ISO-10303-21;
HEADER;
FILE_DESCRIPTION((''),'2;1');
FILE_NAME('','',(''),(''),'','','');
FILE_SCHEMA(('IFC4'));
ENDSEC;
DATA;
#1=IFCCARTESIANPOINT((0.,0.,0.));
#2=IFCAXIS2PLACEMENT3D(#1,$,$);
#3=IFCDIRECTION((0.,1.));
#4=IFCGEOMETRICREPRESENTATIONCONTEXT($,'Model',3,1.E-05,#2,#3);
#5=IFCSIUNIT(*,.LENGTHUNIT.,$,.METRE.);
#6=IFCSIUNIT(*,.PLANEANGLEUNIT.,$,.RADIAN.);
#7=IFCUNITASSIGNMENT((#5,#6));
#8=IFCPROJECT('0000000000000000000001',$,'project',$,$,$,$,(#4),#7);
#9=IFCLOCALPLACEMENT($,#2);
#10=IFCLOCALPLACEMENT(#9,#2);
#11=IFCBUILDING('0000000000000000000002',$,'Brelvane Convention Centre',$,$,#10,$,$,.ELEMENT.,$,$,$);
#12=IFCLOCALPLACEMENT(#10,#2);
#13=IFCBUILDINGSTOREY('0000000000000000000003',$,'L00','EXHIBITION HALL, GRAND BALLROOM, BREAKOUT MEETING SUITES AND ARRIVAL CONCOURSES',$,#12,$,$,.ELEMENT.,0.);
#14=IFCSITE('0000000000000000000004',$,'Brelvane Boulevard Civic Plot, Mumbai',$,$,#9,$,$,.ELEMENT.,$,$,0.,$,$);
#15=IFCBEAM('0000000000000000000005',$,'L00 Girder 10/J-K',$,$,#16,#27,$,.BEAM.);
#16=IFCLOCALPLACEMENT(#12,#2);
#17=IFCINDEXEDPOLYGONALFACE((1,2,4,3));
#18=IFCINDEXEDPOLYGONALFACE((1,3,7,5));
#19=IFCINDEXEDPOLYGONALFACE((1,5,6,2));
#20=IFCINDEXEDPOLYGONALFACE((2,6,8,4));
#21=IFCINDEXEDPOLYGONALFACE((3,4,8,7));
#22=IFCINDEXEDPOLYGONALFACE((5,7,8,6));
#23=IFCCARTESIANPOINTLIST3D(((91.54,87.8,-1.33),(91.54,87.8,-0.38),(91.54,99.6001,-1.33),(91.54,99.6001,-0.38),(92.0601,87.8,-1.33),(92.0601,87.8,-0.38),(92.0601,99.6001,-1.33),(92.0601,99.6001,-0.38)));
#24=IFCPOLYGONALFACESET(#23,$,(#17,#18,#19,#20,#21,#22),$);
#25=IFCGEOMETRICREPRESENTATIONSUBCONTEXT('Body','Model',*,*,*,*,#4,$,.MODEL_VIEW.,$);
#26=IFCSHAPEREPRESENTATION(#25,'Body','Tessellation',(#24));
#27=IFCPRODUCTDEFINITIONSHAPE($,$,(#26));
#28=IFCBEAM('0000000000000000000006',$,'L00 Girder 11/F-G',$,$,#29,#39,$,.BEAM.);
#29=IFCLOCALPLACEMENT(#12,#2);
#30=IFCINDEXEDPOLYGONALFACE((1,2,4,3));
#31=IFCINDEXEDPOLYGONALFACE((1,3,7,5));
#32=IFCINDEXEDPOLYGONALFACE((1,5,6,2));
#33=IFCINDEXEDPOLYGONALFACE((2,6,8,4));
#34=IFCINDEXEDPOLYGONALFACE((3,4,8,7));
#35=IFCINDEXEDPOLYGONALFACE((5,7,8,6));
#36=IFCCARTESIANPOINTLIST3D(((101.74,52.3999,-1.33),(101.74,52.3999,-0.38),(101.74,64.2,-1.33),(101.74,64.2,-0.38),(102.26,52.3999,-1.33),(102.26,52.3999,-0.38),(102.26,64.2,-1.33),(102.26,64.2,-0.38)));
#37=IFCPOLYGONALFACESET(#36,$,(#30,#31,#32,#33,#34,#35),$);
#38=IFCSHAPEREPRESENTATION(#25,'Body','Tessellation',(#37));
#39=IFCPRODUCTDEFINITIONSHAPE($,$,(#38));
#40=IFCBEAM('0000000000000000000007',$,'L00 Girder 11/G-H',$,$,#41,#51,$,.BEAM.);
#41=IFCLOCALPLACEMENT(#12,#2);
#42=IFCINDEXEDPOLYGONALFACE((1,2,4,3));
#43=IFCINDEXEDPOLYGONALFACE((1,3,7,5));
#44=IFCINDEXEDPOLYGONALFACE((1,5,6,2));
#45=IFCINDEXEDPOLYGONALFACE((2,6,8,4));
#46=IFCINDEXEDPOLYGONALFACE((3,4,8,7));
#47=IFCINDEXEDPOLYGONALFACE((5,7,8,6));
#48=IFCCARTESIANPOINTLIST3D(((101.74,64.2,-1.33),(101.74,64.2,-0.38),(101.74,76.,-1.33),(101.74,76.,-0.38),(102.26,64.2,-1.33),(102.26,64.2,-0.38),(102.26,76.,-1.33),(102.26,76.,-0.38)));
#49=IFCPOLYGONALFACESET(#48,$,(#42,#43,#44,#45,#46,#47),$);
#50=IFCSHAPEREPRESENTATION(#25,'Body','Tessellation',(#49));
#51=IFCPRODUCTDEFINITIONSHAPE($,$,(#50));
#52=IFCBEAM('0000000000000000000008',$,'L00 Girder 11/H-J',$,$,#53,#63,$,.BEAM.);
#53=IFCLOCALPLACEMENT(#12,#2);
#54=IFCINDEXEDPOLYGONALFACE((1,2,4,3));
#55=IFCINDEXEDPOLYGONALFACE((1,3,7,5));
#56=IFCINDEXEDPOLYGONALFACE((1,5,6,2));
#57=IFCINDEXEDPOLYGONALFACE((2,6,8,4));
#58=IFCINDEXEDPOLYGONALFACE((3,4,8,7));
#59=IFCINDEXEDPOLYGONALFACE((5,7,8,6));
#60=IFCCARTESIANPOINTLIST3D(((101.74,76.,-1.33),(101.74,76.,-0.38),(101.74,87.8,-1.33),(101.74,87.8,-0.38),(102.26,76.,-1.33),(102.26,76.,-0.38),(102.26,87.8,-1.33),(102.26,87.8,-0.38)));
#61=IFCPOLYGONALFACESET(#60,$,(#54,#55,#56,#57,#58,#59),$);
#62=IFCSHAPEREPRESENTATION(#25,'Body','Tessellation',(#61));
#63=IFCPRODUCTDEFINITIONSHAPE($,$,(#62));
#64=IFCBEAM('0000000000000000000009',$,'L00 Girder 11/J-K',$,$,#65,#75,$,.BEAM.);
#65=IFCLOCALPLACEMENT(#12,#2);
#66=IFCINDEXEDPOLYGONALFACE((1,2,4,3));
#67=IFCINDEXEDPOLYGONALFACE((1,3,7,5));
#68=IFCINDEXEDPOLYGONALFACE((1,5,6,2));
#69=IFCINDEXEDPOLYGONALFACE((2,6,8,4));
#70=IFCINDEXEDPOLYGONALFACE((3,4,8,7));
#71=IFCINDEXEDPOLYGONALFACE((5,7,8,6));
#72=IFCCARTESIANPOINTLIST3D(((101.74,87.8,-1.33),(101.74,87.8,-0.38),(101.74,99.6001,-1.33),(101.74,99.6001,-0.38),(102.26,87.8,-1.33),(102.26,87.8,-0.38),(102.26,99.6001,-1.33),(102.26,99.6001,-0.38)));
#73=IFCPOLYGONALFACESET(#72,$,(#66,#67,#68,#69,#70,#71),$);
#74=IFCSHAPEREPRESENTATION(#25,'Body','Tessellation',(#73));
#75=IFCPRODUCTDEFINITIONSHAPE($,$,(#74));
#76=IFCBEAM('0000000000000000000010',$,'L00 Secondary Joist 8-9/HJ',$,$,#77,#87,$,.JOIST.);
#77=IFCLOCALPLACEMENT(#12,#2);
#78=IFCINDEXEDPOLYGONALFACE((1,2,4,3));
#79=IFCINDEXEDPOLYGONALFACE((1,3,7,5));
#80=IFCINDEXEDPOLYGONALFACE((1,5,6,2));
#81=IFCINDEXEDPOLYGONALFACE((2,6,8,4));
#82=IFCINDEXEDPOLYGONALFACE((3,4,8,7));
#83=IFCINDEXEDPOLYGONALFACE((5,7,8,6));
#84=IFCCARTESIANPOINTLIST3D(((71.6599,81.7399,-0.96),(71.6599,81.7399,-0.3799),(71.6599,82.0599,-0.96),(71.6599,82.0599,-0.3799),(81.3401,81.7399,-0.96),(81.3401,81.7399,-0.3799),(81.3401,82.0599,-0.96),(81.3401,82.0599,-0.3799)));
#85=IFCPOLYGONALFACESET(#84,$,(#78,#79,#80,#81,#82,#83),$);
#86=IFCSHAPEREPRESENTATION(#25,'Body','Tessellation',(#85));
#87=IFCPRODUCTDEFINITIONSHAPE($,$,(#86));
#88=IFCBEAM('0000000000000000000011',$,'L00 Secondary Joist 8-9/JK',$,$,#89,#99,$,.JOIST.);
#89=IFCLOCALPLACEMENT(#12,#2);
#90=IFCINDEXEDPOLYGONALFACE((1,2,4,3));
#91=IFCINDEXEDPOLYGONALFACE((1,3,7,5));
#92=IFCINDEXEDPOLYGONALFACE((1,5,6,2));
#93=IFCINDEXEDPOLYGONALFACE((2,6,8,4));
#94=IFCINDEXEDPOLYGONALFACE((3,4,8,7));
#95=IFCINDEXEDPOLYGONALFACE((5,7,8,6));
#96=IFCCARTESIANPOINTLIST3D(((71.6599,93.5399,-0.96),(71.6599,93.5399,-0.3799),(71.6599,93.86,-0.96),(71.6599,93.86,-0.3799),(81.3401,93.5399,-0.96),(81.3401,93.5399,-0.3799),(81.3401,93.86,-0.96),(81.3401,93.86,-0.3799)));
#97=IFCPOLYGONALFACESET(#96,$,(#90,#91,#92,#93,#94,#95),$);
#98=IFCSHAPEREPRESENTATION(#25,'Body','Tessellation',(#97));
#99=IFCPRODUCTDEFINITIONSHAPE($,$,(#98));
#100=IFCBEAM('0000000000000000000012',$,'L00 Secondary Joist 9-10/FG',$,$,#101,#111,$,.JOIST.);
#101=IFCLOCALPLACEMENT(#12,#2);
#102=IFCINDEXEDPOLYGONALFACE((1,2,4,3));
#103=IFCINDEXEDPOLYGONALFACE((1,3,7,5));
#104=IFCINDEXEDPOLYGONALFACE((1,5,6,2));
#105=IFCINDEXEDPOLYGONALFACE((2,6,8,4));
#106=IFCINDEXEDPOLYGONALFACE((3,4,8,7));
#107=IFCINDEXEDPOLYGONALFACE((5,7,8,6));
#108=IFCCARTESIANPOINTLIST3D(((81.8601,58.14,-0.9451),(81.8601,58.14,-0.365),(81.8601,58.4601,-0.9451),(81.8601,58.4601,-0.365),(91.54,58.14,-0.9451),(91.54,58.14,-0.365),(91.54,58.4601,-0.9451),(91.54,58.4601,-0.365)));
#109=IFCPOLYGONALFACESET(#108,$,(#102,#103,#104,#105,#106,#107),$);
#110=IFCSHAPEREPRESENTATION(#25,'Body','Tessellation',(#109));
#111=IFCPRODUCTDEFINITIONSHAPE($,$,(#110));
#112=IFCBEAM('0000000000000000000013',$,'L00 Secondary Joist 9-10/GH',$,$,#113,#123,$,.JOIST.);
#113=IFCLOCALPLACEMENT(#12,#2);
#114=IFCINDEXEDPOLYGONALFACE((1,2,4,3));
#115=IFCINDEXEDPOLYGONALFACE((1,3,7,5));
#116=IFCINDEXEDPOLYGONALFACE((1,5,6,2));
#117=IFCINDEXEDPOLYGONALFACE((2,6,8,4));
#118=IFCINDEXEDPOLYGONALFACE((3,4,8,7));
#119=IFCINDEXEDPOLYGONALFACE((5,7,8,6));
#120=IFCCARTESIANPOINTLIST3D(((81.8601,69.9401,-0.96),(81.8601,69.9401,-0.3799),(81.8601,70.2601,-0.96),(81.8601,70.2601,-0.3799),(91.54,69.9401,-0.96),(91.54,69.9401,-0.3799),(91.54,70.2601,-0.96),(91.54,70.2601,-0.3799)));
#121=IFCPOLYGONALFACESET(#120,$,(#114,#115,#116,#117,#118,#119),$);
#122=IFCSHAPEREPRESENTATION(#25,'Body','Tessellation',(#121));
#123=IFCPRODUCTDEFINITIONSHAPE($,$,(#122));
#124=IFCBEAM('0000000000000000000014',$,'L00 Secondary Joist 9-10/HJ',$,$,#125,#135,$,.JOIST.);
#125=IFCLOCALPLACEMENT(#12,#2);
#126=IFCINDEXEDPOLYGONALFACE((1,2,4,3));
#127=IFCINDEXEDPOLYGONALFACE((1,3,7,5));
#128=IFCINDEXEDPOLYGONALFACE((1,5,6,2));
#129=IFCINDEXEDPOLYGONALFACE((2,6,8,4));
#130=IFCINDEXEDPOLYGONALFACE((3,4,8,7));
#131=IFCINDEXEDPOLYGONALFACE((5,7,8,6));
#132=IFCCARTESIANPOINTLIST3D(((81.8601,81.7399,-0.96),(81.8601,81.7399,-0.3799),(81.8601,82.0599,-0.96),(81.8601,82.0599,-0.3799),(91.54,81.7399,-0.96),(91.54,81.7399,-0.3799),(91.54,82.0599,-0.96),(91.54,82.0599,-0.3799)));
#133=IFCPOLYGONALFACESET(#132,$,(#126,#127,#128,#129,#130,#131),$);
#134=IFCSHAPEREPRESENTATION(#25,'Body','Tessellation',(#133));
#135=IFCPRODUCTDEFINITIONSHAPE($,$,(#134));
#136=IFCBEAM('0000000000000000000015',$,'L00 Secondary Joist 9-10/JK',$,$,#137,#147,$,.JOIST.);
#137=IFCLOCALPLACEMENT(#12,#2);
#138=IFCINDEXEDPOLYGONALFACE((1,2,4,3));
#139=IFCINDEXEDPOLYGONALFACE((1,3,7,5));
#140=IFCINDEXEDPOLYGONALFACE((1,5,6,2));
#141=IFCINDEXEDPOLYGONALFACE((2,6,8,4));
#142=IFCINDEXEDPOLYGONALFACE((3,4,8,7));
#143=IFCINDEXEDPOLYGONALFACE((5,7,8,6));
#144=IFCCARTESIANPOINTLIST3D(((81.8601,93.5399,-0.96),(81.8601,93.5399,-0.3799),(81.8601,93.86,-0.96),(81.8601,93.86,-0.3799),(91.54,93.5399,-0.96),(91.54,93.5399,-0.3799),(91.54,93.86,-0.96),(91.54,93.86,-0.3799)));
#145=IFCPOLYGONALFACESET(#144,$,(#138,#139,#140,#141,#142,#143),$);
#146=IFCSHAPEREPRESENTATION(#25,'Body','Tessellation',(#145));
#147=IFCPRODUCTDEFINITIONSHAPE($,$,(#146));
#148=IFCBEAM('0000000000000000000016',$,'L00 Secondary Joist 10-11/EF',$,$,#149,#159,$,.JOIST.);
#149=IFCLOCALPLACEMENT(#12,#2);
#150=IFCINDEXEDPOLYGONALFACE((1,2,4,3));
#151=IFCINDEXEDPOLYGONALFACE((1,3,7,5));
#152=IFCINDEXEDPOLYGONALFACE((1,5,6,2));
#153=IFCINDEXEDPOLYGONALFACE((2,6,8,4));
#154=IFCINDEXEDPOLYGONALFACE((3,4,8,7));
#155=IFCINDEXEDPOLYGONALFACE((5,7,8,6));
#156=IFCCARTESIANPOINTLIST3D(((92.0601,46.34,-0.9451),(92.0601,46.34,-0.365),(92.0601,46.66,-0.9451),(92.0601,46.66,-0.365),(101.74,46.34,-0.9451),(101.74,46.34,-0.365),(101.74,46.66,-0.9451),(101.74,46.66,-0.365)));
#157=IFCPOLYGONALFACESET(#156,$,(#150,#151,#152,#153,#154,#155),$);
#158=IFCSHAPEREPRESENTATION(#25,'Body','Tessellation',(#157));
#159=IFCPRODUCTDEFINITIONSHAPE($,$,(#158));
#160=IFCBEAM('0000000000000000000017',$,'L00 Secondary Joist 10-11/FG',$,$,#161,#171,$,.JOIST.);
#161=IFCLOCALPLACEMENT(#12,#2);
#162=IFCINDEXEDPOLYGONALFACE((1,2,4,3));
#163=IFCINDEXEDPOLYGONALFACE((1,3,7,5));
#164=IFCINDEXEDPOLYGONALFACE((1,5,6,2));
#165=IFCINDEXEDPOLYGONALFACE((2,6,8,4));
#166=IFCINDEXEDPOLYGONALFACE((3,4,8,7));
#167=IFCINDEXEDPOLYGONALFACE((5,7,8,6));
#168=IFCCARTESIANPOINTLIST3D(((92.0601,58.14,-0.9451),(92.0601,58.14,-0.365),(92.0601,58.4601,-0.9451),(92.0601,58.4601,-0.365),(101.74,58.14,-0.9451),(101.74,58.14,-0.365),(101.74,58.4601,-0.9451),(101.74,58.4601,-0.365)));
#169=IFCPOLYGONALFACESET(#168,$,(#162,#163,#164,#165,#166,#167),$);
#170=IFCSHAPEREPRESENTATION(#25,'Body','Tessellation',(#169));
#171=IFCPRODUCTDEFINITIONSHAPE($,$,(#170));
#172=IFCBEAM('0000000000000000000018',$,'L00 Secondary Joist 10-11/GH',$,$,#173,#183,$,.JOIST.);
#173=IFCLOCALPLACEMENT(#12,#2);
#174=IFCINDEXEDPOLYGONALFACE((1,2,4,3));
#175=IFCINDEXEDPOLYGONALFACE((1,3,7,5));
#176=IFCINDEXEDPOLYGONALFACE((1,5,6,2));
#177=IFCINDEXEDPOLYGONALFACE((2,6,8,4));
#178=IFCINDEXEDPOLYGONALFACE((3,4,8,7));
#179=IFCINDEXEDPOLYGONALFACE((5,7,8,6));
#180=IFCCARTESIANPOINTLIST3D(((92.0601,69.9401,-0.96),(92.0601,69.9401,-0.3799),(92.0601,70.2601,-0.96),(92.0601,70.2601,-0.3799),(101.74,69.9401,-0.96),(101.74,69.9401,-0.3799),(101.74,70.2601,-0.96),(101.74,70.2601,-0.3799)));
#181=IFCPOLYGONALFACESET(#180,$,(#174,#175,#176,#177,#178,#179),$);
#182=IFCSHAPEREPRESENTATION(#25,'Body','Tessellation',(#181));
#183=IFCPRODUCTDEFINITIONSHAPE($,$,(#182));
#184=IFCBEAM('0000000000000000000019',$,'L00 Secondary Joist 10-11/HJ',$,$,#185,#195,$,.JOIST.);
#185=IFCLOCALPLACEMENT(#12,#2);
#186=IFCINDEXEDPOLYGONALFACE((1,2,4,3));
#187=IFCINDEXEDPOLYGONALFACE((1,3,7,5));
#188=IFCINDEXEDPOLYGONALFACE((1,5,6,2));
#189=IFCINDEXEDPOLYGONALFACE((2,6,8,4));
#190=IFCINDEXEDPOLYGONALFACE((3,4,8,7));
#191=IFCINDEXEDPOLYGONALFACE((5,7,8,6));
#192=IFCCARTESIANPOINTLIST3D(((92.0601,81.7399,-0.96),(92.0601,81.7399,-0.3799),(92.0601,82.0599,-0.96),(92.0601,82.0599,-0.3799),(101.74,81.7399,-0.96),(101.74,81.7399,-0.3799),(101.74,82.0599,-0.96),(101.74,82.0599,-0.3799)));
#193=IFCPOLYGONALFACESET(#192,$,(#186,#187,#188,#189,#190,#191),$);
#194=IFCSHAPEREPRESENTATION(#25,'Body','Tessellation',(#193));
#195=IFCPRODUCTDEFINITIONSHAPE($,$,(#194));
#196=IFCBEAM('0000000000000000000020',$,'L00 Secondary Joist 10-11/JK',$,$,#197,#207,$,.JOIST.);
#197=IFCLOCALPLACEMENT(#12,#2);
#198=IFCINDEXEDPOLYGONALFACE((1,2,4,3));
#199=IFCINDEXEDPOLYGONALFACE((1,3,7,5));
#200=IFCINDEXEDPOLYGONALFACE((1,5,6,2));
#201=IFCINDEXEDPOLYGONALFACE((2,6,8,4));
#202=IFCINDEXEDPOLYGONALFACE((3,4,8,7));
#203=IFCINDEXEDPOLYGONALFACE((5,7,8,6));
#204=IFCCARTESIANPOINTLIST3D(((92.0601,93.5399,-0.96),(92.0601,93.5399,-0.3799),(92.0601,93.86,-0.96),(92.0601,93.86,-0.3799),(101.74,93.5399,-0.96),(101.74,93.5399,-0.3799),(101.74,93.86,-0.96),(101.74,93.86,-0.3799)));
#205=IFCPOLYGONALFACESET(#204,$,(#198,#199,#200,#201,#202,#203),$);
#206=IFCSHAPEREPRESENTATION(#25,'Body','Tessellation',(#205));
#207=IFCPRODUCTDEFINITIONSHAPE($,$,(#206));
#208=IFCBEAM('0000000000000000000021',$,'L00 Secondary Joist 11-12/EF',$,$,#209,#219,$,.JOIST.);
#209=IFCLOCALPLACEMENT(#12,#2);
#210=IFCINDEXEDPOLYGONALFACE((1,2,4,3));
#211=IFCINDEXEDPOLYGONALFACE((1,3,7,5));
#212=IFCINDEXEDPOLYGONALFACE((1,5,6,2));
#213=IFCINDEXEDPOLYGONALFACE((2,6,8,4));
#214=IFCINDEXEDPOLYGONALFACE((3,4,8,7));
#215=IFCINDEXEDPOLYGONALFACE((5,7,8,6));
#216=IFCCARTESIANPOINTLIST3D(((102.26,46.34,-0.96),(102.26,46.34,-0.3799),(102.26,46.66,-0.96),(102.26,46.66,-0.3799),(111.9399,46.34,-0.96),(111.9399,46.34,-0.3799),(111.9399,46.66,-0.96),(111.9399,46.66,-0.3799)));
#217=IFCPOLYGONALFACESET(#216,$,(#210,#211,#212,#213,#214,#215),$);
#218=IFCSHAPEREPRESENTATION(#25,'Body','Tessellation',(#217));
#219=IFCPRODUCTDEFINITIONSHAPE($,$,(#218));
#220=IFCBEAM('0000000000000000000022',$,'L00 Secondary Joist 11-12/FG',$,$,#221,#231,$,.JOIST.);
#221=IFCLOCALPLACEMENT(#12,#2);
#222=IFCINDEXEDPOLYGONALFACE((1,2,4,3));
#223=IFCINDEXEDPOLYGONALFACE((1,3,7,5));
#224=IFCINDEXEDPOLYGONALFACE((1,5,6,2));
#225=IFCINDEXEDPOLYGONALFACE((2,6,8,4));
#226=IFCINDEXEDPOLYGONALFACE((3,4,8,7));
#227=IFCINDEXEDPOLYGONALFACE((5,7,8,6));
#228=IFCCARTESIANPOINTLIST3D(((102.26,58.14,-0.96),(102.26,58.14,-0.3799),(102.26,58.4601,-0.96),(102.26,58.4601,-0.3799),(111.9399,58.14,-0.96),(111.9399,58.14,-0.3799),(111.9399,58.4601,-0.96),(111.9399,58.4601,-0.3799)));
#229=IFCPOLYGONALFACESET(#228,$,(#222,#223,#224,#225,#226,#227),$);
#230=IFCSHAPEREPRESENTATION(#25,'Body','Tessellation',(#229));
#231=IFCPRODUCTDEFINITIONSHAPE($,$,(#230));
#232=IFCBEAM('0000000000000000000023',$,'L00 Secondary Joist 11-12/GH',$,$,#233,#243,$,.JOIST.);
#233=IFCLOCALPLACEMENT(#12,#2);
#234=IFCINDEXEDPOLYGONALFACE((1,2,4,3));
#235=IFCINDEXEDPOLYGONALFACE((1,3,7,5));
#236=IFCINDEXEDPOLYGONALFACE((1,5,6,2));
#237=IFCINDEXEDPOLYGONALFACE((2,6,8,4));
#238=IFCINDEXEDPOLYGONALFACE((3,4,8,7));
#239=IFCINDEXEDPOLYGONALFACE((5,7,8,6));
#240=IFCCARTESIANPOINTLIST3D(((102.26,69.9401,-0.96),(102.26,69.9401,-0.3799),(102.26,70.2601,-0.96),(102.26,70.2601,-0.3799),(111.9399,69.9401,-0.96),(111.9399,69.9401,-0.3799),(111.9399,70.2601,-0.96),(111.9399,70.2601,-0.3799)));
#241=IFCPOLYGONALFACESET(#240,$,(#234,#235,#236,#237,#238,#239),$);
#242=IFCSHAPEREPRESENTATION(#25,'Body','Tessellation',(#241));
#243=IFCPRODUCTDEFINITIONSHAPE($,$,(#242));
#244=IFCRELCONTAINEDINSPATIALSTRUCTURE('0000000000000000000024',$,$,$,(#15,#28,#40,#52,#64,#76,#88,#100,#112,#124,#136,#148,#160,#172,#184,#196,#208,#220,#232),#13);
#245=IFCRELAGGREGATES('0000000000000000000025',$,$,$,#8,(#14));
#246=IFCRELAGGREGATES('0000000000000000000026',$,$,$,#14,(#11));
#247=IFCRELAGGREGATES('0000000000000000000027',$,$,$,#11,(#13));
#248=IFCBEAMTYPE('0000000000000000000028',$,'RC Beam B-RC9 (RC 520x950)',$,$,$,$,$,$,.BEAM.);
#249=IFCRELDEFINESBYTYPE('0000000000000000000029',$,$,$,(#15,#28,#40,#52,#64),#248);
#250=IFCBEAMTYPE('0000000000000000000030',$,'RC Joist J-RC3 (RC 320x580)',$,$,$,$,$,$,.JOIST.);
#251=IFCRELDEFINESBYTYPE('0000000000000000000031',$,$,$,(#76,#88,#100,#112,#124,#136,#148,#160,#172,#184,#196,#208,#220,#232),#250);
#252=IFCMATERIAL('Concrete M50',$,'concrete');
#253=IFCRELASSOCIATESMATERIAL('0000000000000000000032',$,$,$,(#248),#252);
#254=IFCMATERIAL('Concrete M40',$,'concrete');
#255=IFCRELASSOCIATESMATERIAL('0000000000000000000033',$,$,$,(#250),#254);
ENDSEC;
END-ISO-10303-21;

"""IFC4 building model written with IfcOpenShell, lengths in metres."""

from ifc_helpers import new_model, si_unit, direction, frame, origin, origin_2d, place, context, subcontext, project, spatial, rectangle, extrude, material, material_profile, profile_set, type_object, element, save


model = new_model("IFC4")

# Units and contexts
model_context = context("Model", 3, precision=1e-05, world=origin(), true_north=direction((0.0, 1.0)))
body_context = subcontext(model_context, "Body", "Model", "MODEL_VIEW")
ifc_project = project(units=[si_unit("LENGTHUNIT", "METRE"), si_unit("PLANEANGLEUNIT", "RADIAN")], contexts=[model_context])

# Site, building, storey
site_placement = place(None, origin())
site = spatial("IfcSite", under=ifc_project, at=site_placement, Name="Brelvane Boulevard Civic Plot, Mumbai", CompositionType="ELEMENT", RefElevation=0.0)
building_placement = place(site_placement, origin())
building = spatial("IfcBuilding", under=site, at=building_placement, Name="Brelvane Convention Centre", CompositionType="ELEMENT")
storey_placement = place(building_placement, origin())
storey = spatial("IfcBuildingStorey", under=building, at=storey_placement, Name="L00", Description="EXHIBITION HALL, GRAND BALLROOM, BREAKOUT MEETING SUITES AND ARRIVAL CONCOURSES", CompositionType="ELEMENT", Elevation=0.0)

# Beams
ifc_material_1 = material(Name="Concrete M50", Category="concrete")
ifc_material_profile_1 = material_profile(ifc_material_1, rectangle(XDim=0.52, YDim=0.95, at=origin_2d()), Name="RC 520x950")
ifc_profile_set_1 = profile_set([ifc_material_profile_1], Name="Concrete M50")
beam_type_1 = type_object("IfcBeamType", Name="RC Beam B-RC9 (RC 520x950)", PredefinedType="BEAM", material=ifc_profile_set_1)
for number, where, z_axis, x_axis, name in (
    (1, (91.8, 87.8, -0.855), (0.0, 1.0, 0.0), (-1.0, 0.0, 0.0), "L00 Girder 10/J-K"),
    (2, (102.0, 52.3999, -0.855), (0.0, 1.0, 0.0), (-1.0, 0.0, 0.0), "L00 Girder 11/F-G"),
    (3, (102.0, 64.2, -0.855), (0.0, 1.0, 0.0), (-1.0, 0.0, 0.0), "L00 Girder 11/G-H"),
    (4, (102.0, 76.0, -0.855), (0.0, 1.0, 0.0), (-1.0, 0.0, 0.0), "L00 Girder 11/H-J"),
    (5, (102.0, 87.8, -0.855), (0.0, 1.0, 0.0), (-1.0, 0.0, 0.0), "L00 Girder 11/J-K"),
):
    element("IfcBeam", number, at=place(storey_placement, frame(where, z_axis=z_axis, x_axis=x_axis)), inside=storey, type_object=beam_type_1, Name=name, PredefinedType="BEAM", context=body_context, shape_type="SweptSolid", body=[
        extrude(rectangle(XDim=0.52, YDim=0.95, at=origin_2d()), origin(), (0.0, 0.0, 1.0), 11.8),
    ])
ifc_material_2 = material(Name="Concrete M40", Category="concrete")
ifc_material_profile_2 = material_profile(ifc_material_2, rectangle(XDim=0.3201, YDim=0.5801, at=origin_2d()), Name="RC 320x580")
ifc_profile_set_2 = profile_set([ifc_material_profile_2], Name="Concrete M40")
beam_type_2 = type_object("IfcBeamType", Name="RC Joist J-RC3 (RC 320x580)", PredefinedType="JOIST", material=ifc_profile_set_2)
for number, where, z_axis, x_axis, name in (
    (6, (71.6599, 81.8999, -0.6699), (1.0, 0.0, 0.0), (0.0, 1.0, 0.0), "L00 Secondary Joist 8-9/HJ"),
    (7, (71.6599, 93.7, -0.6699), (1.0, 0.0, 0.0), (0.0, 1.0, 0.0), "L00 Secondary Joist 8-9/JK"),
):
    element("IfcBeam", number, at=place(storey_placement, frame(where, z_axis=z_axis, x_axis=x_axis)), inside=storey, type_object=beam_type_2, Name=name, PredefinedType="JOIST", context=body_context, shape_type="SweptSolid", body=[
        extrude(rectangle(XDim=0.3201, YDim=0.5801, at=origin_2d()), origin(), (0.0, 0.0, 1.0), 9.6802),
    ])
for number, where, z_axis, x_axis, name in (
    (8, (81.8601, 58.3, -0.655), (1.0, 0.0, 0.0), (0.0, 1.0, 0.0), "L00 Secondary Joist 9-10/FG"),
    (9, (81.8601, 70.1001, -0.6699), (1.0, 0.0, 0.0), (0.0, 1.0, 0.0), "L00 Secondary Joist 9-10/GH"),
    (10, (81.8601, 81.8999, -0.6699), (1.0, 0.0, 0.0), (0.0, 1.0, 0.0), "L00 Secondary Joist 9-10/HJ"),
    (11, (81.8601, 93.7, -0.6699), (1.0, 0.0, 0.0), (0.0, 1.0, 0.0), "L00 Secondary Joist 9-10/JK"),
    (12, (92.0601, 46.5, -0.655), (1.0, 0.0, 0.0), (0.0, 1.0, 0.0), "L00 Secondary Joist 10-11/EF"),
    (13, (92.0601, 58.3, -0.655), (1.0, 0.0, 0.0), (0.0, 1.0, 0.0), "L00 Secondary Joist 10-11/FG"),
    (14, (92.0601, 70.1001, -0.6699), (1.0, 0.0, 0.0), (0.0, 1.0, 0.0), "L00 Secondary Joist 10-11/GH"),
    (15, (92.0601, 81.8999, -0.6699), (1.0, 0.0, 0.0), (0.0, 1.0, 0.0), "L00 Secondary Joist 10-11/HJ"),
    (16, (92.0601, 93.7, -0.6699), (1.0, 0.0, 0.0), (0.0, 1.0, 0.0), "L00 Secondary Joist 10-11/JK"),
    (17, (102.26, 46.5, -0.6699), (1.0, 0.0, 0.0), (0.0, 1.0, 0.0), "L00 Secondary Joist 11-12/EF"),
    (18, (102.26, 58.3, -0.6699), (1.0, 0.0, 0.0), (0.0, 1.0, 0.0), "L00 Secondary Joist 11-12/FG"),
    (19, (102.26, 70.1001, -0.6699), (1.0, 0.0, 0.0), (0.0, 1.0, 0.0), "L00 Secondary Joist 11-12/GH"),
):
    element("IfcBeam", number, at=place(storey_placement, frame(where, z_axis=z_axis, x_axis=x_axis)), inside=storey, type_object=beam_type_2, Name=name, PredefinedType="JOIST", context=body_context, shape_type="SweptSolid", body=[
        extrude(rectangle(XDim=0.3201, YDim=0.5801, at=origin_2d()), origin(), (0.0, 0.0, 1.0), 9.6799),
    ])

save(model, "model.ifc")
